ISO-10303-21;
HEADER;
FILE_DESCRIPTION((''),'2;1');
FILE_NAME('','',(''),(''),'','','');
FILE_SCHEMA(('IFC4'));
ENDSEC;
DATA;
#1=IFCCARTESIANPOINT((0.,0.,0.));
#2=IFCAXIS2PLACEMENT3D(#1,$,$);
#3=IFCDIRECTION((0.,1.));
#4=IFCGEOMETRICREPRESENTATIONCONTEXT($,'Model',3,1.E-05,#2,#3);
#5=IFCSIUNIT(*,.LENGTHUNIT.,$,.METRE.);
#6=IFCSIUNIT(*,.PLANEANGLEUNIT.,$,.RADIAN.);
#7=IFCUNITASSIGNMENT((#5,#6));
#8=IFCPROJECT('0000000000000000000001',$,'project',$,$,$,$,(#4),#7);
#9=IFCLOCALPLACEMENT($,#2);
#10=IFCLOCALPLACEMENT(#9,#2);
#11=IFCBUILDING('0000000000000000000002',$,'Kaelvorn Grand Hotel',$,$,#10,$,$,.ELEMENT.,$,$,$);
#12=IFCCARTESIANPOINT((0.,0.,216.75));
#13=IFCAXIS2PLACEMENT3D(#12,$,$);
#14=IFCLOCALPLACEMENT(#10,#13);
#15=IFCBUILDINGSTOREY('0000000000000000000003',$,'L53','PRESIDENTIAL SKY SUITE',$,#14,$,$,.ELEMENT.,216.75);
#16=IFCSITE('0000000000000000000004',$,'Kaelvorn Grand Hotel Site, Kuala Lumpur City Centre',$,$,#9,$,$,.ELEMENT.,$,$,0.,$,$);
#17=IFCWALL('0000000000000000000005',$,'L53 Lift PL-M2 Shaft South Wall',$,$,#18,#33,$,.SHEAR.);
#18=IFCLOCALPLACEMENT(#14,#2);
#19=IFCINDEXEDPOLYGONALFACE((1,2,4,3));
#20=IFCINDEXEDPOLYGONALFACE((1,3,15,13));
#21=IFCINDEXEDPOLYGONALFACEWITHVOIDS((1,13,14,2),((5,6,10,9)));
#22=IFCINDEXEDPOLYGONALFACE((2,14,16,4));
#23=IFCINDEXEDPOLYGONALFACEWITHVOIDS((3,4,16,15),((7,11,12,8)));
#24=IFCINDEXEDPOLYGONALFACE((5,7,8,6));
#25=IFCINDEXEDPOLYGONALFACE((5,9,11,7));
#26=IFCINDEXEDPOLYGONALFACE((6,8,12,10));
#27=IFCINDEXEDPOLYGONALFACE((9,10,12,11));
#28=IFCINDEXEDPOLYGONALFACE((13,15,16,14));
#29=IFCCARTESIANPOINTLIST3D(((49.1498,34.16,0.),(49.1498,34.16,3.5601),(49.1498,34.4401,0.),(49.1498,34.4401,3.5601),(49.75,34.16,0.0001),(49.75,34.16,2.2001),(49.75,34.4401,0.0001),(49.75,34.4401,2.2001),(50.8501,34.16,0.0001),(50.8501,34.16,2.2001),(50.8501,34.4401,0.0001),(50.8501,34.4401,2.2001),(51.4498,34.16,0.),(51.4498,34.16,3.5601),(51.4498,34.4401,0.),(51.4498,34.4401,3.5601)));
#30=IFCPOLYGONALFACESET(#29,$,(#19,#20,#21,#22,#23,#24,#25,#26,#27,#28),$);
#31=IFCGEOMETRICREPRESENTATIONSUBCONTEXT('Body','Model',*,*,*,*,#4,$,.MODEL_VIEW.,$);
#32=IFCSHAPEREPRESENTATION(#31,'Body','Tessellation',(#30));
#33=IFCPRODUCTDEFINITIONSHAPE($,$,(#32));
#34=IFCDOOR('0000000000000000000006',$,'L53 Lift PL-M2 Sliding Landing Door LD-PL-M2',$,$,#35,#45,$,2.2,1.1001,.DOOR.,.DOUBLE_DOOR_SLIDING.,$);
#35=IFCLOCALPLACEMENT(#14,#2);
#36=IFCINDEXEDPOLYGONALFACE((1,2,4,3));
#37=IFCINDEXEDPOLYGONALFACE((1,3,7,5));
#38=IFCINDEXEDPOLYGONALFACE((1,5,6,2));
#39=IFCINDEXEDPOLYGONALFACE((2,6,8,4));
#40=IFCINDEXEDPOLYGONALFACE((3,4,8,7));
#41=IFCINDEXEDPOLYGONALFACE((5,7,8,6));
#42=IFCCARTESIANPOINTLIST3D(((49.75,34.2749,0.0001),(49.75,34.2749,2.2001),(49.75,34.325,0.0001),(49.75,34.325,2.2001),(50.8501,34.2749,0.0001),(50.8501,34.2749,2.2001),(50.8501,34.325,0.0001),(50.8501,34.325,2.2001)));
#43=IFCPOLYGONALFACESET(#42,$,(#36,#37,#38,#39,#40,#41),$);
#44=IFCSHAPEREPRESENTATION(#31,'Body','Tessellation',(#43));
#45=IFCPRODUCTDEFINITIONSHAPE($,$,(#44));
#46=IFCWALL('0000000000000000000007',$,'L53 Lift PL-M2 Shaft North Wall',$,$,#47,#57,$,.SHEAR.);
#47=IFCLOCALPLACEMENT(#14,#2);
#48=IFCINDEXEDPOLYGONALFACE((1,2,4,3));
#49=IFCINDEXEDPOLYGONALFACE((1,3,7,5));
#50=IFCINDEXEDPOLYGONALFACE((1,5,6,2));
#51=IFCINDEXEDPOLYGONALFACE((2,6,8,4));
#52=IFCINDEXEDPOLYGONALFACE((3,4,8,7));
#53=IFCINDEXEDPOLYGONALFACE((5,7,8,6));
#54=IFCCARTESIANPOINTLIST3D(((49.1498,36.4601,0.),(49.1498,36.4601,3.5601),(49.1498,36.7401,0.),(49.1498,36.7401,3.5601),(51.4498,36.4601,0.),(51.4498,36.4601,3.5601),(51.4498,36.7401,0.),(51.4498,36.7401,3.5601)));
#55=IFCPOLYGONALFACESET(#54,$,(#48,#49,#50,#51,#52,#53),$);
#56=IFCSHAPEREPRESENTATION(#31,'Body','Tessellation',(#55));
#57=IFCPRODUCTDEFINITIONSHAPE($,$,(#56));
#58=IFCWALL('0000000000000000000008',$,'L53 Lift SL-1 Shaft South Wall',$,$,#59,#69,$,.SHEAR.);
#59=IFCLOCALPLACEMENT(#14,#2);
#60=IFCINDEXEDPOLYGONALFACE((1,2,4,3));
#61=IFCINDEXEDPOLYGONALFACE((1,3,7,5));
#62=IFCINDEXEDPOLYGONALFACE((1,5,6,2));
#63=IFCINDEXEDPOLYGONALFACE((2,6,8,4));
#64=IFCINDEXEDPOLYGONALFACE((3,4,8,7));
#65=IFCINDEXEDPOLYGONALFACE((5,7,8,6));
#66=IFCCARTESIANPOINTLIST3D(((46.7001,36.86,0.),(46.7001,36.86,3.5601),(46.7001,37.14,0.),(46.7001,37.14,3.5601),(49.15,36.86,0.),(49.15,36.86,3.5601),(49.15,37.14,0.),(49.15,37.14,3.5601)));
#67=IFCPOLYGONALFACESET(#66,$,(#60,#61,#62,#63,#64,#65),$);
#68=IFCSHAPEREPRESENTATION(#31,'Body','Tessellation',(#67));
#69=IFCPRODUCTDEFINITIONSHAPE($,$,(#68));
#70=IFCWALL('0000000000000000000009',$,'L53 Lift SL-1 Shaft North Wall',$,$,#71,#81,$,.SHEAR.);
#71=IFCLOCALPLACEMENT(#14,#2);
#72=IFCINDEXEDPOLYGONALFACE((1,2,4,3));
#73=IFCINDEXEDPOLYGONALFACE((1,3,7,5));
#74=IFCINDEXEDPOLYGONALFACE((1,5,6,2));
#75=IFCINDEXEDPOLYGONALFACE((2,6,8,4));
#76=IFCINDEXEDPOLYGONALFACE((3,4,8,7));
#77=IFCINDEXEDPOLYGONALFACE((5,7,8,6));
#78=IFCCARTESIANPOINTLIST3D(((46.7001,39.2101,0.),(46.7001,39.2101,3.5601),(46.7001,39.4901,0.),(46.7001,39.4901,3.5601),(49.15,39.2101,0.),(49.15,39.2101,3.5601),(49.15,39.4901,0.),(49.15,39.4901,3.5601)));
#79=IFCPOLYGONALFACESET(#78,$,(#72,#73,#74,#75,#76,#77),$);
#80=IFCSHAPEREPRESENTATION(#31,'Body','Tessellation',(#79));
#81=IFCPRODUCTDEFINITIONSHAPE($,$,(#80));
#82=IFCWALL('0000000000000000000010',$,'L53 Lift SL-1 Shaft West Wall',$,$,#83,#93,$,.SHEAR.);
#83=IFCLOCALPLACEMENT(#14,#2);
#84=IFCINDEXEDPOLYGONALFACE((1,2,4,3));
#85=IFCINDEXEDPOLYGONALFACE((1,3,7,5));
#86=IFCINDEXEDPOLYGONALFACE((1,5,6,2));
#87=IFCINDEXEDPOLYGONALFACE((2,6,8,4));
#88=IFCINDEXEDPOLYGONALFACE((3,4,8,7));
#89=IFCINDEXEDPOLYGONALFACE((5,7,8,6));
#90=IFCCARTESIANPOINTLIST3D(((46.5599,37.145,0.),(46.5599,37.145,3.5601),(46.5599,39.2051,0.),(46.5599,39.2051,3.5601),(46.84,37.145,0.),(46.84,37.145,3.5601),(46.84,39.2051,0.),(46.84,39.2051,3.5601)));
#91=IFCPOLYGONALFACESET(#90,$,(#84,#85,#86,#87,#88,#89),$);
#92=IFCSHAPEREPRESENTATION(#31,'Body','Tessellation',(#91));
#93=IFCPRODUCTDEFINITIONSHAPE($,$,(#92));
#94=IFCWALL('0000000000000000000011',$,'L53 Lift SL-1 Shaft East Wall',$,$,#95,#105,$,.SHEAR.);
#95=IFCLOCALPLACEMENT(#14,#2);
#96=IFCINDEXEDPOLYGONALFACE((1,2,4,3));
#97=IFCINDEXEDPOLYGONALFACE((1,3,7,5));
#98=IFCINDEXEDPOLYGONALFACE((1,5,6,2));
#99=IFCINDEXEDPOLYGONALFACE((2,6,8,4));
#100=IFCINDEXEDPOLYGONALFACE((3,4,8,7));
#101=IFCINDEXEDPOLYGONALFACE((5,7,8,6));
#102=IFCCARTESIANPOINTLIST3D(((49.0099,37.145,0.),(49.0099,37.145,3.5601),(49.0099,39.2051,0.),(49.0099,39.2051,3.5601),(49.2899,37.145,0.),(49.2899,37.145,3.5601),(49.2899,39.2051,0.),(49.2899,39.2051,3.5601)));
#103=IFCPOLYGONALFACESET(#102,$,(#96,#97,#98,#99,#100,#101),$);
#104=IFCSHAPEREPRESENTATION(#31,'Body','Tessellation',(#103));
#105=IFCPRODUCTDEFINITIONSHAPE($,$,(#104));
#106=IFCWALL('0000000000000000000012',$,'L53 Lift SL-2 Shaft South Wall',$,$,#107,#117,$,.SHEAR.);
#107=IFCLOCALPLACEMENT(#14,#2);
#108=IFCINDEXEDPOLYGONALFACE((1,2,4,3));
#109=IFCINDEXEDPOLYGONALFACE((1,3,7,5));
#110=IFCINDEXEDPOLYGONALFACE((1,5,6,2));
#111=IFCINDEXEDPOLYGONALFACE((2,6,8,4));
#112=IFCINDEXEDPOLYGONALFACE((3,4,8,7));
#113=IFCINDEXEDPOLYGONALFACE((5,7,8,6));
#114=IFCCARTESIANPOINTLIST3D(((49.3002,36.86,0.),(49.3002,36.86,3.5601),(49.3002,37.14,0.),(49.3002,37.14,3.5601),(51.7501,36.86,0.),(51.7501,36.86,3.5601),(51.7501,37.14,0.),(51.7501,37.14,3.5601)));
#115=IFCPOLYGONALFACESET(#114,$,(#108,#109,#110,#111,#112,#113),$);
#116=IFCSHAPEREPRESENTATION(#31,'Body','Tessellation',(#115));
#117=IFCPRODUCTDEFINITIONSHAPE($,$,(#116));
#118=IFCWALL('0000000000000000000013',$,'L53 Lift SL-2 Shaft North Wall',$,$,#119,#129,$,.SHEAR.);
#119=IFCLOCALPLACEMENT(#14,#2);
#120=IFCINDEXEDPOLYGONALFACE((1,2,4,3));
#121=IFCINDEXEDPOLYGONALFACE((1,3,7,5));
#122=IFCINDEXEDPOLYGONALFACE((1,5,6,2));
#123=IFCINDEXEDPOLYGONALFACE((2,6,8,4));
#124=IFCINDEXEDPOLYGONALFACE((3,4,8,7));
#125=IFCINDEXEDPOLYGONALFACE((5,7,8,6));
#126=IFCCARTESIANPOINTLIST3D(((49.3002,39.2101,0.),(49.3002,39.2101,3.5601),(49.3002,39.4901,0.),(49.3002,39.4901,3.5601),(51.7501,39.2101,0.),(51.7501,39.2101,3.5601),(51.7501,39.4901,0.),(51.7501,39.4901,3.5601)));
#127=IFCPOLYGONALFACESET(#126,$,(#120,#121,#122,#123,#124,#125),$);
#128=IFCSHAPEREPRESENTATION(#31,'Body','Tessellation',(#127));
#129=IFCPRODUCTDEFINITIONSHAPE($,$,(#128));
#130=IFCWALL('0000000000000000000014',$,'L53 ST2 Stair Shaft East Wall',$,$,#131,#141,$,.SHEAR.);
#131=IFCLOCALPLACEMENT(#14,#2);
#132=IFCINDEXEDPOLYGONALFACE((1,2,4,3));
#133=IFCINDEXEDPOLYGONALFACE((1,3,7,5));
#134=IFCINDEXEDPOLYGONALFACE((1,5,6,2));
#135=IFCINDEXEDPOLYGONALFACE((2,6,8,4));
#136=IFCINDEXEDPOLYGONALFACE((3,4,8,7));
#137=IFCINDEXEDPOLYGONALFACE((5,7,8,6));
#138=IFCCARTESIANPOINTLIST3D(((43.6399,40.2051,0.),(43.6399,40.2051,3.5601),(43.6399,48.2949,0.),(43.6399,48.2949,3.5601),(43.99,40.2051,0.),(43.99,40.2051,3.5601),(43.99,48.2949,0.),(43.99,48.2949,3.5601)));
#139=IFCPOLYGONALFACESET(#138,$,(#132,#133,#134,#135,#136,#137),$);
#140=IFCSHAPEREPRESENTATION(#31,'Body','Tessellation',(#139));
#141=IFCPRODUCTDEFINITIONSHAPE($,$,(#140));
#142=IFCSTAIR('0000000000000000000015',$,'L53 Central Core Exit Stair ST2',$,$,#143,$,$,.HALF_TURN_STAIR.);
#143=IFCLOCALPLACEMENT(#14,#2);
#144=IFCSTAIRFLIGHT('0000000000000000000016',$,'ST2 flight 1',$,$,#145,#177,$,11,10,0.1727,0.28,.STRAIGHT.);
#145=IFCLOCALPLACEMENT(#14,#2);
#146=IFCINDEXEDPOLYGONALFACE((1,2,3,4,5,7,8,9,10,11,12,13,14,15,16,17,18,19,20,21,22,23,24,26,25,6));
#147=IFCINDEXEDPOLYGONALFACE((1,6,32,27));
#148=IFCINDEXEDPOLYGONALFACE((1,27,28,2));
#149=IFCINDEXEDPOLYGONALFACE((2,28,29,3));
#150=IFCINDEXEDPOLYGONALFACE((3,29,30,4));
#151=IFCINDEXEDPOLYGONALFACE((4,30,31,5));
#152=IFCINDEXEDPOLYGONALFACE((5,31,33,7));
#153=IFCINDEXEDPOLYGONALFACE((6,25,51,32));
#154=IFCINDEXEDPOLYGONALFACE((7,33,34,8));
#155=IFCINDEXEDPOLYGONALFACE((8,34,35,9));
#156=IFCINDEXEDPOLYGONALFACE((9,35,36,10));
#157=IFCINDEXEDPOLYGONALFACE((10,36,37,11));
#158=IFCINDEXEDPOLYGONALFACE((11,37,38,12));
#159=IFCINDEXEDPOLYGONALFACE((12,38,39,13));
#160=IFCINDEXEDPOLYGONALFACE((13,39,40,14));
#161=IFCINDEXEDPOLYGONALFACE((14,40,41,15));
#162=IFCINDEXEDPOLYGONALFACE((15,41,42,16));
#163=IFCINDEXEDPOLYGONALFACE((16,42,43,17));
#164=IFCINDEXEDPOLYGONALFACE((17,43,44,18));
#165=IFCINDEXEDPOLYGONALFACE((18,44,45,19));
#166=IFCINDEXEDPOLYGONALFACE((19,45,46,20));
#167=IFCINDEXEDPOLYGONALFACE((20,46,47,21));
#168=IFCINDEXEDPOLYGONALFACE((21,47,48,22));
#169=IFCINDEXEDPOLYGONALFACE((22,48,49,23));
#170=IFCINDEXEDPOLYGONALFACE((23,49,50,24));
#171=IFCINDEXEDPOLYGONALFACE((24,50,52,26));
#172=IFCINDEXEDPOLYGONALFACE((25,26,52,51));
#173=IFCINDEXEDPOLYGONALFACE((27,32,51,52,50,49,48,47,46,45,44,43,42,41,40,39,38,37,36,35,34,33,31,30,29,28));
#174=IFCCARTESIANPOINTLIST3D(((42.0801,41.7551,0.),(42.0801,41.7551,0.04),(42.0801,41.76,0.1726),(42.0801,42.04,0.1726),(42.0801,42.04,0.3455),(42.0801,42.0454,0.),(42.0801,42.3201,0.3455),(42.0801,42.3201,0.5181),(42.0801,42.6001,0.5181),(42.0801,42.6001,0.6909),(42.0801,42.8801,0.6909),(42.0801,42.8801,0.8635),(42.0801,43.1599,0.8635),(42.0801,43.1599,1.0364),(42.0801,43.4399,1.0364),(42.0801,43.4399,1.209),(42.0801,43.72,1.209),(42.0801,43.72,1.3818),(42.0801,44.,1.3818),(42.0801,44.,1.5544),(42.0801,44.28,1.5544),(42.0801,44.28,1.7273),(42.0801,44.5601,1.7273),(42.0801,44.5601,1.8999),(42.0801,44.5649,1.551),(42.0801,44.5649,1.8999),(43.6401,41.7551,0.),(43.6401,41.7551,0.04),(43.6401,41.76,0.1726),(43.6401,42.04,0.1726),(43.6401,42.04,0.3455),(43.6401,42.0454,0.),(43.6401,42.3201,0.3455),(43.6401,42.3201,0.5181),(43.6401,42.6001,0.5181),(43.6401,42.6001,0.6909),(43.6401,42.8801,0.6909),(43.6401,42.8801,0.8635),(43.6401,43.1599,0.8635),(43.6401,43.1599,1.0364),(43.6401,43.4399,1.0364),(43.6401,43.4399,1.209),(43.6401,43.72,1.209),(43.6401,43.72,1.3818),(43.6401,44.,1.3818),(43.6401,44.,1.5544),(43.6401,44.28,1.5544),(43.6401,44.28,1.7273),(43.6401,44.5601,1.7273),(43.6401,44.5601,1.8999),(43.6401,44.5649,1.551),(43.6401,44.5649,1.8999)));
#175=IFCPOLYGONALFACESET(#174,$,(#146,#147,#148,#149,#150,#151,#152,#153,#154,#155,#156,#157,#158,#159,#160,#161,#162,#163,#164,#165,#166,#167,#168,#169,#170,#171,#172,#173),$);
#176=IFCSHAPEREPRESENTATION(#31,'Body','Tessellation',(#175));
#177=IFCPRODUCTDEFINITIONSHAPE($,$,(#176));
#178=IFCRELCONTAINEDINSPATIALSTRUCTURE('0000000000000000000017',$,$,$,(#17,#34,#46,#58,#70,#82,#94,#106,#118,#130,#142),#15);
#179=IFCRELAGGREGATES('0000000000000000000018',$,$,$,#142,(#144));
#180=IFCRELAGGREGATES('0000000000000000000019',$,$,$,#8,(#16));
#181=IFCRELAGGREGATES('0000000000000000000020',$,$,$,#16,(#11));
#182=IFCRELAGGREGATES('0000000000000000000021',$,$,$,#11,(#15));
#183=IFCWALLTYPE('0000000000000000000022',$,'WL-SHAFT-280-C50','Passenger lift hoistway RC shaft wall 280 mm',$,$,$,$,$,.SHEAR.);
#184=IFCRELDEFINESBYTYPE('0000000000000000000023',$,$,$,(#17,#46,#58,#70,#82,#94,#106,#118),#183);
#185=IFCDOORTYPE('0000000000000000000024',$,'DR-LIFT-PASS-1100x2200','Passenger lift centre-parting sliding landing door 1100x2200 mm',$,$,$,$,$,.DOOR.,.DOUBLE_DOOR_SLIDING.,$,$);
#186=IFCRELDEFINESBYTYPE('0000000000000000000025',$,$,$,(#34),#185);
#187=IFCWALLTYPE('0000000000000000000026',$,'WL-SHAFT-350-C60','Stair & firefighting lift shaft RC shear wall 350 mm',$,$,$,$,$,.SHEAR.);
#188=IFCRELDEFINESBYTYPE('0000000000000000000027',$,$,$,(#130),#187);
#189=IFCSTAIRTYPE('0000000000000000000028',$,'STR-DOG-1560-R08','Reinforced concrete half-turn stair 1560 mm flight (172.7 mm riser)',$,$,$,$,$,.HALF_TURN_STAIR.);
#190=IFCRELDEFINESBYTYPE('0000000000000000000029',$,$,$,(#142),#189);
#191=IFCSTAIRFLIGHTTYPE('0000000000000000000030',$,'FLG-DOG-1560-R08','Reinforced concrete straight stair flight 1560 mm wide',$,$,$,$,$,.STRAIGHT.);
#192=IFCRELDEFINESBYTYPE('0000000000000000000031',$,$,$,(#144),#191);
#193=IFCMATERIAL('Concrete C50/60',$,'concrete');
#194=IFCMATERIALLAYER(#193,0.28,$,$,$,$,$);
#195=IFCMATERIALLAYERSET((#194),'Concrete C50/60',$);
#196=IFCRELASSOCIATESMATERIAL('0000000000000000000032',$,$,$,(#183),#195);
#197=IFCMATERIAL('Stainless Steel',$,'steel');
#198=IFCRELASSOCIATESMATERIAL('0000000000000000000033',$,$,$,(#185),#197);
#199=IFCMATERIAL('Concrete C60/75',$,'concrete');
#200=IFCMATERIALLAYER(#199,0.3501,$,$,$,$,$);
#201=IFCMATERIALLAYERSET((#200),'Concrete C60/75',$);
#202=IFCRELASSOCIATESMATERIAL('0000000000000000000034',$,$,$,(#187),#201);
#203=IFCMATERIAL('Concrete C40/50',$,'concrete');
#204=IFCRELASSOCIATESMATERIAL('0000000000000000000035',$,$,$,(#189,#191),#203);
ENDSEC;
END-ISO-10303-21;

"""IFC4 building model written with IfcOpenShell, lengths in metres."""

from ifc_helpers import new_model, si_unit, direction, frame, frame_2d, origin, place, context, subcontext, project, spatial, polyline, rectangle, outline, extrude, material, layer, layer_set, type_object, element, fill, aggregate, save


model = new_model("IFC4")

# Units and contexts
model_context = context("Model", 3, precision=1e-05, world=origin(), true_north=direction((0.0, 1.0)))
body_context = subcontext(model_context, "Body", "Model", "MODEL_VIEW")
ifc_project = project(units=[si_unit("LENGTHUNIT", "METRE"), si_unit("PLANEANGLEUNIT", "RADIAN")], contexts=[model_context])

# Site, building, storey
site_placement = place(None, origin())
site = spatial("IfcSite", under=ifc_project, at=site_placement, Name="Kaelvorn Grand Hotel Site, Kuala Lumpur City Centre", CompositionType="ELEMENT", RefElevation=0.0)
building_placement = place(site_placement, origin())
building = spatial("IfcBuilding", under=site, at=building_placement, Name="Kaelvorn Grand Hotel", CompositionType="ELEMENT")
storey_placement = place(building_placement, frame((0.0, 0.0, 216.75)))
storey = spatial("IfcBuildingStorey", under=building, at=storey_placement, Name="L53", Description="PRESIDENTIAL SKY SUITE", CompositionType="ELEMENT", Elevation=216.75)

# Shared definitions
ifc_material_1 = material(Name="Concrete C60/75", Category="concrete")

# Shared definitions
ifc_material_2 = material(Name="Concrete C50/60", Category="concrete")

# Shared definitions
ifc_material_3 = material(Name="Concrete C40/50", Category="concrete")

# Shared definitions
ifc_layer_1 = layer(ifc_material_2, 0.28)
ifc_layer_set_1 = layer_set([ifc_layer_1], Name="Concrete C50/60")
wall_type_1 = type_object("IfcWallType", Name="WL-SHAFT-280-C50", Description="Passenger lift hoistway RC shaft wall 280 mm", PredefinedType="SHEAR", material=ifc_layer_set_1)
ifc_material_4 = material(Name="Stainless Steel", Category="steel")
door_type_1 = type_object("IfcDoorType", Name="DR-LIFT-PASS-1100x2200", Description="Passenger lift centre-parting sliding landing door 1100x2200 mm", OperationType="DOUBLE_DOOR_SLIDING", PredefinedType="DOOR", material=ifc_material_4)

# Wall, opening, door
wall_1_placement = place(storey_placement, frame((49.1499, 34.3, 0.0), z_axis=(0.0, 0.0, 1.0), x_axis=(1.0, 0.0, 0.0)))
wall_1 = element("IfcWall", 1, at=wall_1_placement, inside=storey, type_object=wall_type_1, Name="L53 Lift PL-M2 Shaft South Wall", PredefinedType="SHEAR", context=body_context, shape_type="SweptSolid", body=[
    extrude(rectangle(XDim=2.3, YDim=0.28, at=frame_2d((1.1499, 0.0))), origin(), (0.0, 0.0, 1.0), 3.5601),
])
opening_1_placement = place(wall_1_placement, frame((0.6001, 0.0, 0.0)))
opening_1 = element("IfcOpeningElement", 2, at=opening_1_placement, cuts=wall_1, PredefinedType="OPENING", context=body_context, shape_type="SweptSolid", body=[
    extrude(rectangle(XDim=1.1001, YDim=2.2, at=frame_2d((0.55, 1.1001))), frame((0.0, 0.1499, 0.0), z_axis=(0.0, -1.0, 0.0), x_axis=(1.0, 0.0, 0.0)), (0.0, 0.0, 1.0), 0.3),
])
door_1_placement = place(opening_1_placement, origin())
door_1 = element("IfcDoor", 3, at=door_1_placement, inside=storey, type_object=door_type_1, Name="L53 Lift PL-M2 Sliding Landing Door LD-PL-M2", OperationType="DOUBLE_DOOR_SLIDING", OverallHeight=2.2, OverallWidth=1.1001, PredefinedType="DOOR", context=body_context, shape_type="SweptSolid", body=[
    extrude(rectangle(XDim=1.1001, YDim=2.2, at=frame_2d((0.55, 1.1001))), frame((0.0, 0.0249, 0.0), z_axis=(0.0, -1.0, 0.0), x_axis=(1.0, 0.0, 0.0)), (0.0, 0.0, 1.0), 0.05),
])
fill(opening_1, door_1)

# Walls
wall_2_placement = place(storey_placement, frame((49.1499, 36.6001, 0.0), z_axis=(0.0, 0.0, 1.0), x_axis=(1.0, 0.0, 0.0)))
element("IfcWall", 4, at=wall_2_placement, inside=storey, type_object=wall_type_1, Name="L53 Lift PL-M2 Shaft North Wall", PredefinedType="SHEAR", context=body_context, shape_type="SweptSolid", body=[
    extrude(rectangle(XDim=2.3, YDim=0.28, at=frame_2d((1.1499, 0.0))), origin(), (0.0, 0.0, 1.0), 3.5601),
])
for number, where, z_axis, x_axis, name in (
    (5, (46.7, 37.0, 0.0), (0.0, 0.0, 1.0), (1.0, 0.0, 0.0), "L53 Lift SL-1 Shaft South Wall"),
    (6, (46.7, 39.3501, 0.0), (0.0, 0.0, 1.0), (1.0, 0.0, 0.0), "L53 Lift SL-1 Shaft North Wall"),
):
    element("IfcWall", number, at=place(storey_placement, frame(where, z_axis=z_axis, x_axis=x_axis)), inside=storey, type_object=wall_type_1, Name=name, PredefinedType="SHEAR", context=body_context, shape_type="SweptSolid", body=[
        extrude(rectangle(XDim=2.45, YDim=0.28, at=frame_2d((1.2251, 0.0))), origin(), (0.0, 0.0, 1.0), 3.5601),
    ])
for number, where, z_axis, x_axis, name in (
    (7, (46.7, 37.145, 0.0), (0.0, 0.0, 1.0), (0.0, 1.0, 0.0), "L53 Lift SL-1 Shaft West Wall"),
    (8, (49.1499, 37.145, 0.0), (0.0, 0.0, 1.0), (0.0, 1.0, 0.0), "L53 Lift SL-1 Shaft East Wall"),
):
    element("IfcWall", number, at=place(storey_placement, frame(where, z_axis=z_axis, x_axis=x_axis)), inside=storey, type_object=wall_type_1, Name=name, PredefinedType="SHEAR", context=body_context, shape_type="SweptSolid", body=[
        extrude(rectangle(XDim=2.0601, YDim=0.28, at=frame_2d((1.03, 0.0))), origin(), (0.0, 0.0, 1.0), 3.5601),
    ])
for number, where, z_axis, x_axis, name in (
    (9, (49.3, 37.0, 0.0), (0.0, 0.0, 1.0), (1.0, 0.0, 0.0), "L53 Lift SL-2 Shaft South Wall"),
    (10, (49.3, 39.3501, 0.0), (0.0, 0.0, 1.0), (1.0, 0.0, 0.0), "L53 Lift SL-2 Shaft North Wall"),
):
    element("IfcWall", number, at=place(storey_placement, frame(where, z_axis=z_axis, x_axis=x_axis)), inside=storey, type_object=wall_type_1, Name=name, PredefinedType="SHEAR", context=body_context, shape_type="SweptSolid", body=[
        extrude(rectangle(XDim=2.45, YDim=0.28, at=frame_2d((1.2251, 0.0))), origin(), (0.0, 0.0, 1.0), 3.5601),
    ])
ifc_layer_2 = layer(ifc_material_1, 0.3501)
ifc_layer_set_2 = layer_set([ifc_layer_2], Name="Concrete C60/75")
wall_type_2 = type_object("IfcWallType", Name="WL-SHAFT-350-C60", Description="Stair & firefighting lift shaft RC shear wall 350 mm", PredefinedType="SHEAR", material=ifc_layer_set_2)
wall_3_placement = place(storey_placement, frame((43.8149, 40.2051, 0.0), z_axis=(0.0, 0.0, 1.0), x_axis=(0.0, 1.0, 0.0)))
element("IfcWall", 11, at=wall_3_placement, inside=storey, type_object=wall_type_2, Name="L53 ST2 Stair Shaft East Wall", PredefinedType="SHEAR", context=body_context, shape_type="SweptSolid", body=[
    extrude(rectangle(XDim=8.0898, YDim=0.3501, at=frame_2d((4.0449, 0.0))), origin(), (0.0, 0.0, 1.0), 3.5601),
])

# Stair, stair flight
stair_type = type_object("IfcStairType", Name="STR-DOG-1560-R08", Description="Reinforced concrete half-turn stair 1560 mm flight (172.7 mm riser)", PredefinedType="HALF_TURN_STAIR", material=ifc_material_3)
stair_placement = place(storey_placement, origin())
stair = element("IfcStair", 12, at=stair_placement, inside=storey, type_object=stair_type, Name="L53 Central Core Exit Stair ST2", PredefinedType="HALF_TURN_STAIR")
stair_flight_type = type_object("IfcStairFlightType", Name="FLG-DOG-1560-R08", Description="Reinforced concrete straight stair flight 1560 mm wide", PredefinedType="STRAIGHT", material=ifc_material_3)
stair_flight_placement = place(storey_placement, frame((42.8601, 41.76, 0.0), z_axis=(0.0, 0.0, 1.0), x_axis=(0.0, 1.0, 0.0)))
stair_flight = element("IfcStairFlight", 13, at=stair_flight_placement, type_object=stair_flight_type, Name="ST2 flight 1", NumberOfRisers=11, NumberOfTreads=10, PredefinedType="STRAIGHT", RiserHeight=0.1727, TreadLength=0.28, context=body_context, shape_type="SweptSolid", body=[
    extrude(outline(polyline([(-0.0049, 0.0), (-0.0049, 0.04), (0.0, 0.1726), (0.28, 0.1726), (0.28, 0.3455), (0.5601, 0.3455), (0.5601, 0.5181), (0.8401, 0.5181), (0.8401, 0.6909), (1.1201, 0.6909), (1.1201, 0.8635), (1.3999, 0.8635), (1.3999, 1.0364), (1.6799, 1.0364), (1.6799, 1.209), (1.96, 1.209), (1.96, 1.3818), (2.24, 1.3818), (2.24, 1.5544), (2.52, 1.5544), (2.52, 1.7273), (2.8, 1.7273), (2.8, 1.8999), (2.8049, 1.8999), (2.8049, 1.551), (0.2854, 0.0), (-0.0049, 0.0)])), frame((0.0, 0.78, 0.0), z_axis=(0.0, -1.0, 0.0), x_axis=(1.0, 0.0, 0.0)), (0.0, 0.0, 1.0), 1.5601),
])
aggregate(stair, [stair_flight])

save(model, "model.ifc")
